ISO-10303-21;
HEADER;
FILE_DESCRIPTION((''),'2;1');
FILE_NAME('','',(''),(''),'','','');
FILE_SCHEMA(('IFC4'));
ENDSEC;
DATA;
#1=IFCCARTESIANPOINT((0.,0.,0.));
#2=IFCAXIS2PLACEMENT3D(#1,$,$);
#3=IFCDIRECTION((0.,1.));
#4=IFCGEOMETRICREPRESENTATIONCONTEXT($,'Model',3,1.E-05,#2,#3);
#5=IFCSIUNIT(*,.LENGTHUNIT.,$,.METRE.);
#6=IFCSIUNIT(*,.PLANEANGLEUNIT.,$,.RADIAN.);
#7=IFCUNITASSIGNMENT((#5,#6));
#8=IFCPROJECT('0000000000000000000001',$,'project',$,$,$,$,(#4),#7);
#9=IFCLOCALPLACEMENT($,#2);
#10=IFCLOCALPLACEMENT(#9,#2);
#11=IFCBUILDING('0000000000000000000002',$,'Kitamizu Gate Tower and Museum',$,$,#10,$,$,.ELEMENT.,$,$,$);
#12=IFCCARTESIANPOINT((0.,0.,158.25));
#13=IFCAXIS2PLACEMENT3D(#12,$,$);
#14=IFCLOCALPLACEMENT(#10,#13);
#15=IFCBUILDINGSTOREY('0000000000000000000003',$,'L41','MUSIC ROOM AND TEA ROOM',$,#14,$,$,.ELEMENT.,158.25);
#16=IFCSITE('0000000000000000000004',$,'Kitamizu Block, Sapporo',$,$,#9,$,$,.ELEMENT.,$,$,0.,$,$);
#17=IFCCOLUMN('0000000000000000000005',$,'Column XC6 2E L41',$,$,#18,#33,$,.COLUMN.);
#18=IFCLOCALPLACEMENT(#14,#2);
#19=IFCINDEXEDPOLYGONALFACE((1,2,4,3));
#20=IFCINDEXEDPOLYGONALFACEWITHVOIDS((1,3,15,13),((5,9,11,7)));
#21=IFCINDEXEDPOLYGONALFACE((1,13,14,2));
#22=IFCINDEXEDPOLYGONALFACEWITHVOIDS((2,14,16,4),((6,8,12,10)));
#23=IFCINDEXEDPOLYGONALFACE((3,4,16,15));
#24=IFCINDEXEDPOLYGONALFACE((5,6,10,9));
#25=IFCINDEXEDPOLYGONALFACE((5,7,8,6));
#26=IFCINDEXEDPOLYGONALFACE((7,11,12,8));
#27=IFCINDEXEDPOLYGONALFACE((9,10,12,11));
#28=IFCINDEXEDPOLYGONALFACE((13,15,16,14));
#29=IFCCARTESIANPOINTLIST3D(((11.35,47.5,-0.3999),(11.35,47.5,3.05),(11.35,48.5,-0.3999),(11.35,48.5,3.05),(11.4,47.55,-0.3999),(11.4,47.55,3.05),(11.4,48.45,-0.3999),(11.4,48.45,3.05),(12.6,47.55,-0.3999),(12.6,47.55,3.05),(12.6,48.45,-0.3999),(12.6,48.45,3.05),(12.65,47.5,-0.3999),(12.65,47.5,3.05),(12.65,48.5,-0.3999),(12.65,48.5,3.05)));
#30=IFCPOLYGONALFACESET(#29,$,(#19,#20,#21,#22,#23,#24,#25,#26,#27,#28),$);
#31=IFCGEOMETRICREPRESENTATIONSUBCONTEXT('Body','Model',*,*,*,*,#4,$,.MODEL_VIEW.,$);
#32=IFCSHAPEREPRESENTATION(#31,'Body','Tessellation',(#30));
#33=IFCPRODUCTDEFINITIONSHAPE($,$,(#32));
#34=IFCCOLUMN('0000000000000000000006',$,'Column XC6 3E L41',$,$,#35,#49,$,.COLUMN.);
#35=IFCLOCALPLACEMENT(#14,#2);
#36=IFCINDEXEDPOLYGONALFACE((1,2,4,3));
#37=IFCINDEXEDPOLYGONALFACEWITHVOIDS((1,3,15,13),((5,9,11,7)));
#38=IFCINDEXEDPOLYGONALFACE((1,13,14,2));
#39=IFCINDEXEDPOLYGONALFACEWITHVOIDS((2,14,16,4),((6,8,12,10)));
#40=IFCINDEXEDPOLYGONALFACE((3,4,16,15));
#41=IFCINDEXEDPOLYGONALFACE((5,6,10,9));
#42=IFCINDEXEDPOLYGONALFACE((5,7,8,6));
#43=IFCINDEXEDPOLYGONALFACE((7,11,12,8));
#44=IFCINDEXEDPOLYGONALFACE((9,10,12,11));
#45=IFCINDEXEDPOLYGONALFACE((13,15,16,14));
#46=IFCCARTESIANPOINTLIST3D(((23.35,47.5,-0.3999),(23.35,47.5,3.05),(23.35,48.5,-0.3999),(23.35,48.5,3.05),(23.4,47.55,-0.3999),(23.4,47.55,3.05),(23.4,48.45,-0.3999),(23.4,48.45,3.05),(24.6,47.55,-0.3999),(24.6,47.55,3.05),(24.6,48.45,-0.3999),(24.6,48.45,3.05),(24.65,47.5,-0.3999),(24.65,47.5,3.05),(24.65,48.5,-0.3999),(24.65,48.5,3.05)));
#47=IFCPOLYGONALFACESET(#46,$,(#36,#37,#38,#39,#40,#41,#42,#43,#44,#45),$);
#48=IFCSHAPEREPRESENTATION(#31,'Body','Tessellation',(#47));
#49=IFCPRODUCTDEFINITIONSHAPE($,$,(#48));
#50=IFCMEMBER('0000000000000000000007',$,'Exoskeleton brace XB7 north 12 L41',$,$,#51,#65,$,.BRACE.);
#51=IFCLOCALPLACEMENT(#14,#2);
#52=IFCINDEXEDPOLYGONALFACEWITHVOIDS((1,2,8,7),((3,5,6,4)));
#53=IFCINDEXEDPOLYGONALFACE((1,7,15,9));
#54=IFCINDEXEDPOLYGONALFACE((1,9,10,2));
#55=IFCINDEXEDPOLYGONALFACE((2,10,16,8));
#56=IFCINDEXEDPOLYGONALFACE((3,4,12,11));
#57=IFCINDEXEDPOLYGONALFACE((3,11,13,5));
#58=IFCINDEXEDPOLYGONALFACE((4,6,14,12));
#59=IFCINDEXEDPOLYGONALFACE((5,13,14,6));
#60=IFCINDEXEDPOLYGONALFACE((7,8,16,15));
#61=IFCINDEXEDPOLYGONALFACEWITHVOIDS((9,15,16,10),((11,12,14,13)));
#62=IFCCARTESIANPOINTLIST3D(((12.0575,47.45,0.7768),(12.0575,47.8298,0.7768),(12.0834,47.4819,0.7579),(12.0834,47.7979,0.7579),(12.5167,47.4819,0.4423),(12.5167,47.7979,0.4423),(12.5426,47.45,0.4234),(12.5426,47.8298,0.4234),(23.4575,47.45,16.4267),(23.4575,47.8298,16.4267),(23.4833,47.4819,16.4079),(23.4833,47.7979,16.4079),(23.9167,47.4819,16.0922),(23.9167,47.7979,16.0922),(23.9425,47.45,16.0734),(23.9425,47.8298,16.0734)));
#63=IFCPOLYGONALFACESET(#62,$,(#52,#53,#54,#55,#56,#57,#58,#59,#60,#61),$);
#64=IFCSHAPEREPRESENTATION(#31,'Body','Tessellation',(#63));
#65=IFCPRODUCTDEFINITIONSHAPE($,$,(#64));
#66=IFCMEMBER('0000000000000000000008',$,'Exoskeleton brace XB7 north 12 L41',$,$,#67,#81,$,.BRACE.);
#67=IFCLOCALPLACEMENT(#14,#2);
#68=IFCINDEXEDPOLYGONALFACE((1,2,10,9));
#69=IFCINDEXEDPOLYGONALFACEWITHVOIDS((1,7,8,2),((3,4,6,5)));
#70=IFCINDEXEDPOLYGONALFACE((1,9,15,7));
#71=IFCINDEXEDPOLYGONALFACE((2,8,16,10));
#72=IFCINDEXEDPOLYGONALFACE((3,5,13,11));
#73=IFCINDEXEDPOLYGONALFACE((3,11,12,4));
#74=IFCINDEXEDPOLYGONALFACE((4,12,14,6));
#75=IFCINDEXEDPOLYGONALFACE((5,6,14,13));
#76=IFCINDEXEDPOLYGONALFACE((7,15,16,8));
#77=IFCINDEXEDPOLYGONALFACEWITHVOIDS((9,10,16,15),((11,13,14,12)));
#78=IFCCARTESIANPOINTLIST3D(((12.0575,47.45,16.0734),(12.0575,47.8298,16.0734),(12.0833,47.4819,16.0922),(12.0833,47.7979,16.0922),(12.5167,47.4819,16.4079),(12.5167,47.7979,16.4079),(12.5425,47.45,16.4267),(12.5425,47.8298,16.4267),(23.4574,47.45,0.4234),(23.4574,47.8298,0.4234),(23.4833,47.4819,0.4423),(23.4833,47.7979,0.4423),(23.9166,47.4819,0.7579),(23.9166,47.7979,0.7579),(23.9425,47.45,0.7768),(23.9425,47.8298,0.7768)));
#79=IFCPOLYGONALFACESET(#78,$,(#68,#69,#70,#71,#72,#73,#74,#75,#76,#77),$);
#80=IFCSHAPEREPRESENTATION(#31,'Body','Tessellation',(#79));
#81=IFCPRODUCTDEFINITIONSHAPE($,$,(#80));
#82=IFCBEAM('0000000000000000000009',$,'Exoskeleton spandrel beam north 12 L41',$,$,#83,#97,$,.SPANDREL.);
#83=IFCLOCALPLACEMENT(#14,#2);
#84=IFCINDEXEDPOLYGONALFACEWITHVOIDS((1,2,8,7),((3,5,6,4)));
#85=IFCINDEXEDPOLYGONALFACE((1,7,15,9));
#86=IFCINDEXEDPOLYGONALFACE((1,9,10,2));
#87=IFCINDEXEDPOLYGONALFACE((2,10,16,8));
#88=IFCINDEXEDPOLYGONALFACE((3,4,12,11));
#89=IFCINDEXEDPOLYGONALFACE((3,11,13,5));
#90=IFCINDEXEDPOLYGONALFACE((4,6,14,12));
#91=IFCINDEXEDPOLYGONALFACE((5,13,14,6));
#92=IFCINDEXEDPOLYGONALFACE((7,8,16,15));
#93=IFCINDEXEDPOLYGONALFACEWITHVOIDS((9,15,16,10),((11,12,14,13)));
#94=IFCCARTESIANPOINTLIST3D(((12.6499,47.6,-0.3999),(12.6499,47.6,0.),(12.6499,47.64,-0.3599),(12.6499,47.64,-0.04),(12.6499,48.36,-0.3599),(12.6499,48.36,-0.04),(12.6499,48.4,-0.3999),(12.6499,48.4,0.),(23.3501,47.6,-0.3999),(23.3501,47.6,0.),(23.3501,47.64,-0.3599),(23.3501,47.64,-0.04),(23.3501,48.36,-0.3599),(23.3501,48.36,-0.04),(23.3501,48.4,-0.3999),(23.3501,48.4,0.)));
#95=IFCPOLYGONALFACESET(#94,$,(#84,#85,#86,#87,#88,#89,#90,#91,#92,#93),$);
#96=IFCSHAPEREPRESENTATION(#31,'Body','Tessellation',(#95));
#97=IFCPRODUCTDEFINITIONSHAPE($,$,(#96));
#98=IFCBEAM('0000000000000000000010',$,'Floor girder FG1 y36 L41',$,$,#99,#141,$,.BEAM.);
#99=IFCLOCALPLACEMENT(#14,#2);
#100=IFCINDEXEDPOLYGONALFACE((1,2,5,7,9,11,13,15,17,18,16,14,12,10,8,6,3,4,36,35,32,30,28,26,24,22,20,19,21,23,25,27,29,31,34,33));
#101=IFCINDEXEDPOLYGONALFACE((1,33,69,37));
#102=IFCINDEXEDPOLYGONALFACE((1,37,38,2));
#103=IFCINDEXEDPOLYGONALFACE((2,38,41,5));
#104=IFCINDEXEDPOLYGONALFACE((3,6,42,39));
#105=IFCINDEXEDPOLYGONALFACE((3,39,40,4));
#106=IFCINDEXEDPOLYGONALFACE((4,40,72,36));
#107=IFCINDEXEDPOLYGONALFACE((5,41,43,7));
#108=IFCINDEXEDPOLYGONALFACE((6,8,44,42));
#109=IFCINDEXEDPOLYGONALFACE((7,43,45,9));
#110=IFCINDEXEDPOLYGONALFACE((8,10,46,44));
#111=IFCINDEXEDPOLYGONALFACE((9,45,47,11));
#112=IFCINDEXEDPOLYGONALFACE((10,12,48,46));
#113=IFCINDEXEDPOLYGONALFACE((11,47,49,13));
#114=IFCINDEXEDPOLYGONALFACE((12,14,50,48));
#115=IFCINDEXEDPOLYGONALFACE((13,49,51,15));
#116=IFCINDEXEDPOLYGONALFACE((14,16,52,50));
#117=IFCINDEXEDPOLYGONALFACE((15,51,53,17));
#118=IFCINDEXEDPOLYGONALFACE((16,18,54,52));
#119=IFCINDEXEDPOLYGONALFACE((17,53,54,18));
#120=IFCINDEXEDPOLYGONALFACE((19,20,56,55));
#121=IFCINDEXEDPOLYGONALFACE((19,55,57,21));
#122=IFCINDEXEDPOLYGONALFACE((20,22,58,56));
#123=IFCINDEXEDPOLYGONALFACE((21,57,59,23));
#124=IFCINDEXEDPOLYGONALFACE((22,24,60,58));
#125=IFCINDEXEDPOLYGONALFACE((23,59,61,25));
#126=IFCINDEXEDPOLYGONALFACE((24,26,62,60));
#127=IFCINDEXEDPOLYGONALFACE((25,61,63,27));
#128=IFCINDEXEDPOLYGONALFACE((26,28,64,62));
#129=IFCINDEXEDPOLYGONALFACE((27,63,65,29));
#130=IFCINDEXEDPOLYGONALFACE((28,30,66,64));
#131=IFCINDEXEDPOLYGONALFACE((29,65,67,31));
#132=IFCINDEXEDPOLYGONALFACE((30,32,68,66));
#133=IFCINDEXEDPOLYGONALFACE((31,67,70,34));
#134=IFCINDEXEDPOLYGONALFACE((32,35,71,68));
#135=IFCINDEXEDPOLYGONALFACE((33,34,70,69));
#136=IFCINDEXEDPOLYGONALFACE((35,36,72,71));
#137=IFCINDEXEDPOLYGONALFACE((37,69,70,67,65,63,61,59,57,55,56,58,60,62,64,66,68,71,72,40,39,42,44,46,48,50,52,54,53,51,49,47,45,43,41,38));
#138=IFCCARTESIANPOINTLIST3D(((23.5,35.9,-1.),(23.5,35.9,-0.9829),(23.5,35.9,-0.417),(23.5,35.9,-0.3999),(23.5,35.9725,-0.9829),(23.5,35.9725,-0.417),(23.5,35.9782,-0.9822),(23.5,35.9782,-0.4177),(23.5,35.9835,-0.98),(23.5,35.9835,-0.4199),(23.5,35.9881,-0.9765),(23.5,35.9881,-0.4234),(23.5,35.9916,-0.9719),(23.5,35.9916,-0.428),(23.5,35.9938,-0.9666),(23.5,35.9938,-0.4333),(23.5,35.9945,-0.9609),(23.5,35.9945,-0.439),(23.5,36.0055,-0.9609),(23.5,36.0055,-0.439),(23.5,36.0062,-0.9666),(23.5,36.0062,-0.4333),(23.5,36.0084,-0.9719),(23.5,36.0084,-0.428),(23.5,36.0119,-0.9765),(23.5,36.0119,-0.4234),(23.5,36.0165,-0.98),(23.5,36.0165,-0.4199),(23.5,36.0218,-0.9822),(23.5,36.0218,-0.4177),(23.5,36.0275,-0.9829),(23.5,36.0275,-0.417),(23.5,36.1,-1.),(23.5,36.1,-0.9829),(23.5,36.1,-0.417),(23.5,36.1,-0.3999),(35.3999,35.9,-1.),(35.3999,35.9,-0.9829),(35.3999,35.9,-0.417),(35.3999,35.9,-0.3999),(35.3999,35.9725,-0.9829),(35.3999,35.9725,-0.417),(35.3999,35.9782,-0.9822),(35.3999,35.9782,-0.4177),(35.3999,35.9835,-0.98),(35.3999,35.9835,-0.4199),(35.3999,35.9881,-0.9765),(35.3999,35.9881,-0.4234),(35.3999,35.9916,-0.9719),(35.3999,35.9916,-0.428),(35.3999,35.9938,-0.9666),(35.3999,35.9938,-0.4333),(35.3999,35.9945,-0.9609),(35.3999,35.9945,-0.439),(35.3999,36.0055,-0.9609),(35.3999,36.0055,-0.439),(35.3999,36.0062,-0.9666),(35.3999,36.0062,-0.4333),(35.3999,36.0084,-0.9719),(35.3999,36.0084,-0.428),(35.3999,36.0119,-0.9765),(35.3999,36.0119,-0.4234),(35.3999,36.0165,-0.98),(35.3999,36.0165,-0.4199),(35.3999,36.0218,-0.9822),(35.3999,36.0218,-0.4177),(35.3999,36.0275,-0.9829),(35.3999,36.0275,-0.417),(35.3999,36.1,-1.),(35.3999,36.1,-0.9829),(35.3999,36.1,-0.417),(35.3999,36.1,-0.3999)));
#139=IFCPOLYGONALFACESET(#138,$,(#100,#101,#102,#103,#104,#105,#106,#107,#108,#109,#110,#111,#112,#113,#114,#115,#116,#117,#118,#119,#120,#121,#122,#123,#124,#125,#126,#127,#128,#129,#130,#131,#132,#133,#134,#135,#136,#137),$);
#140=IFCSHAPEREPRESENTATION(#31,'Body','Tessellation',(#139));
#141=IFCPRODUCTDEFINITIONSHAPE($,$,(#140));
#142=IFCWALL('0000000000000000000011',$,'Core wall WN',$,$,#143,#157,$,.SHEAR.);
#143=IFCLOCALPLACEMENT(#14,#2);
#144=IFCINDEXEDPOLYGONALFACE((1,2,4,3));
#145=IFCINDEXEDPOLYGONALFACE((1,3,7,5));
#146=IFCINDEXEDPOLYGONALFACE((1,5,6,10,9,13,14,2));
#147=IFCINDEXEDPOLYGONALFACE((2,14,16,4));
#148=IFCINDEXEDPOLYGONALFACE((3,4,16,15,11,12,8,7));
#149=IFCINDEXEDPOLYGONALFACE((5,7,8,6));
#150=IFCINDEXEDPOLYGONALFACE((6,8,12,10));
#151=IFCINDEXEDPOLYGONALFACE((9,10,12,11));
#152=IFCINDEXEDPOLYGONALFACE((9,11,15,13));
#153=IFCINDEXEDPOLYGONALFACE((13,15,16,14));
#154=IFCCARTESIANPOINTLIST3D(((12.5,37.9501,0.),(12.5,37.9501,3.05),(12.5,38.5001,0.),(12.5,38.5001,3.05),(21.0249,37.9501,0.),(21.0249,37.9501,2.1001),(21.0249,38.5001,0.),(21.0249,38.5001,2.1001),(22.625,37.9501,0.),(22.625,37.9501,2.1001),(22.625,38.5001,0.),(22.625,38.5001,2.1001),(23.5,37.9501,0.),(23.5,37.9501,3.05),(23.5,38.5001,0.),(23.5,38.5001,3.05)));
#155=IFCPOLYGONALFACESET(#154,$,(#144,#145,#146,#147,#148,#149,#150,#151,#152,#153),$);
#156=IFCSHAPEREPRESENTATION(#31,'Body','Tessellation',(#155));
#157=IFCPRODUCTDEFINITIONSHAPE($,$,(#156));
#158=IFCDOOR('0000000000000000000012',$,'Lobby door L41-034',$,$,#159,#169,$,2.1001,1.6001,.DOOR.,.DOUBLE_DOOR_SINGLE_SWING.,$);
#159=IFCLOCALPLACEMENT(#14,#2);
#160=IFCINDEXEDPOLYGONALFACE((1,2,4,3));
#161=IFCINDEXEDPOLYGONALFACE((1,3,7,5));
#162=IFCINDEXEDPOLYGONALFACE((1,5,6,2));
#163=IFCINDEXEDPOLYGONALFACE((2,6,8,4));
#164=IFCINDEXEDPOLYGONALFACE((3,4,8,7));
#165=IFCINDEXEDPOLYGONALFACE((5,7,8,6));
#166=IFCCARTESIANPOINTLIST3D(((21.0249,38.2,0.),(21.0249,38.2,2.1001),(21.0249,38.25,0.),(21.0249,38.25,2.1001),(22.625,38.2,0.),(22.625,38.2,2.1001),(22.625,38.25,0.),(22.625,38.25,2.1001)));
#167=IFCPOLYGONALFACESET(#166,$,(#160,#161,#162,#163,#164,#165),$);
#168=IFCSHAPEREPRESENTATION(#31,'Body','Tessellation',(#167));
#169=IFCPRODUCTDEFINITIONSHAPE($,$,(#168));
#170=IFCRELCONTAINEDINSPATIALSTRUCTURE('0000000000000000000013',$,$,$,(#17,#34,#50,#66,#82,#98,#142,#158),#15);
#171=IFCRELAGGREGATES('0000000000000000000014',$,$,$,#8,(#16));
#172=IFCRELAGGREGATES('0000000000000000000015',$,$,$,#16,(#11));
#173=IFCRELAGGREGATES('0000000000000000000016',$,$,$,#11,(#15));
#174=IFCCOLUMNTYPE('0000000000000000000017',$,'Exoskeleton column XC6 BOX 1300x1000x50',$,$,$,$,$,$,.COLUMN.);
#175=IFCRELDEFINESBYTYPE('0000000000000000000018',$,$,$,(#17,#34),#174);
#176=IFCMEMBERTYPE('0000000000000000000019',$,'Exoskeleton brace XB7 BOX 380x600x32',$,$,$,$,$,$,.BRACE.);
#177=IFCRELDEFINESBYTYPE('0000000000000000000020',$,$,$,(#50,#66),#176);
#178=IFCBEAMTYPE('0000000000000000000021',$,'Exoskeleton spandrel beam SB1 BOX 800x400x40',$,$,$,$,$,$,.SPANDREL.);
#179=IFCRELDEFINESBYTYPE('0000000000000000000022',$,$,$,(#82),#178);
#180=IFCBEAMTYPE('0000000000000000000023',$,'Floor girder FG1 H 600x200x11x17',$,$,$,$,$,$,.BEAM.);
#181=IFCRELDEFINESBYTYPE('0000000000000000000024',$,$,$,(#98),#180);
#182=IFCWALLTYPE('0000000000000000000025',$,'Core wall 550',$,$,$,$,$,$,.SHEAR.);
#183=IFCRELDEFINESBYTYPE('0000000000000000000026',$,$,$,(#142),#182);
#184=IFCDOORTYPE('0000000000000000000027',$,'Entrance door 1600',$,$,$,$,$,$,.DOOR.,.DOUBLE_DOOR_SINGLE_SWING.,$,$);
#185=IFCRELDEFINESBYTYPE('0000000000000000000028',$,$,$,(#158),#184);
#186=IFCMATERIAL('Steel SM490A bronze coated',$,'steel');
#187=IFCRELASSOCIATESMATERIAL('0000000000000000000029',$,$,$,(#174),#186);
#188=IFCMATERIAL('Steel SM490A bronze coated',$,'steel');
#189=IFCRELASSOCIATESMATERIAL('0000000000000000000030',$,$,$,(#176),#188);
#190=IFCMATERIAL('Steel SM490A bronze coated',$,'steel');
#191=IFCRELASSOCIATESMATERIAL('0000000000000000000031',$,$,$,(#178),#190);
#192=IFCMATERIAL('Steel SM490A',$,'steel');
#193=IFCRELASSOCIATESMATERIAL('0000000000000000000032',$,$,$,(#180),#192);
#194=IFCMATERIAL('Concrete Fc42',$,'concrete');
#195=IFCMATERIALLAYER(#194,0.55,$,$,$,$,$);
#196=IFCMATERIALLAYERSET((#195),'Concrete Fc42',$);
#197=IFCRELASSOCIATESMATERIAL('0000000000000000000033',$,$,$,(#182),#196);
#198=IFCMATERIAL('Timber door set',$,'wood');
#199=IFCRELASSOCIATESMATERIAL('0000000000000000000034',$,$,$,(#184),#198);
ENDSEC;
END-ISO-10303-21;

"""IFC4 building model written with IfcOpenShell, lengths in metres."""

from ifc_helpers import new_model, si_unit, direction, frame, frame_2d, origin, origin_2d, place, context, subcontext, project, spatial, rectangle, hollow_rectangle, i_section, extrude, material, layer, layer_set, material_profile, profile_set, type_object, element, fill, save


model = new_model("IFC4")

# Units and contexts
model_context = context("Model", 3, precision=1e-05, world=origin(), true_north=direction((0.0, 1.0)))
body_context = subcontext(model_context, "Body", "Model", "MODEL_VIEW")
ifc_project = project(units=[si_unit("LENGTHUNIT", "METRE"), si_unit("PLANEANGLEUNIT", "RADIAN")], contexts=[model_context])

# Site, building, storey
site_placement = place(None, origin())
site = spatial("IfcSite", under=ifc_project, at=site_placement, Name="Kitamizu Block, Sapporo", CompositionType="ELEMENT", RefElevation=0.0)
building_placement = place(site_placement, origin())
building = spatial("IfcBuilding", under=site, at=building_placement, Name="Kitamizu Gate Tower and Museum", CompositionType="ELEMENT")
storey_placement = place(building_placement, frame((0.0, 0.0, 158.25)))
storey = spatial("IfcBuildingStorey", under=building, at=storey_placement, Name="L41", Description="MUSIC ROOM AND TEA ROOM", CompositionType="ELEMENT", Elevation=158.25)

# Columns
ifc_material_1 = material(Name="Steel SM490A bronze coated", Category="steel")
ifc_material_profile_1 = material_profile(ifc_material_1, hollow_rectangle(XDim=1.3, YDim=1.0, WallThickness=0.05, at=origin_2d()), Name="BOX 1300x1000x50")
ifc_profile_set_1 = profile_set([ifc_material_profile_1], Name="Steel SM490A bronze coated")
column_type = type_object("IfcColumnType", Name="Exoskeleton column XC6 BOX 1300x1000x50", PredefinedType="COLUMN", material=ifc_profile_set_1)
for number, where, z_axis, x_axis, name in (
    (1, (12.0, 48.0, -0.3999), (0.0, 0.0, 1.0), (1.0, 0.0, 0.0), "Column XC6 2E L41"),
    (2, (24.0, 48.0, -0.3999), (0.0, 0.0, 1.0), (1.0, 0.0, 0.0), "Column XC6 3E L41"),
):
    element("IfcColumn", number, at=place(storey_placement, frame(where, z_axis=z_axis, x_axis=x_axis)), inside=storey, type_object=column_type, Name=name, PredefinedType="COLUMN", context=body_context, shape_type="SweptSolid", body=[
        extrude(hollow_rectangle(XDim=1.3, YDim=1.0, WallThickness=0.05, at=origin_2d()), origin(), (0.0, 0.0, 1.0), 3.45),
    ])

# Members
ifc_material_2 = material(Name="Steel SM490A bronze coated", Category="steel")
ifc_material_profile_2 = material_profile(ifc_material_2, hollow_rectangle(XDim=0.3799, YDim=0.6001, WallThickness=0.032, at=origin_2d()), Name="BOX 380x600x32")
ifc_profile_set_2 = profile_set([ifc_material_profile_2], Name="Steel SM490A bronze coated")
member_type = type_object("IfcMemberType", Name="Exoskeleton brace XB7 BOX 380x600x32", PredefinedType="BRACE", material=ifc_profile_set_2)
for number, where, z_axis, x_axis, name in (
    (3, (12.3, 47.6399, 0.6001), (0.588785, 0.0, 0.80829), (0.0, 1.0, 0.0), "Exoskeleton brace XB7 north 12 L41"),
    (4, (23.7, 47.6399, 0.6001), (-0.588785, 0.0, 0.80829), (0.0, -1.0, 0.0), "Exoskeleton brace XB7 north 12 L41"),
):
    element("IfcMember", number, at=place(storey_placement, frame(where, z_axis=z_axis, x_axis=x_axis)), inside=storey, type_object=member_type, Name=name, PredefinedType="BRACE", context=body_context, shape_type="SweptSolid", body=[
        extrude(hollow_rectangle(XDim=0.3799, YDim=0.6001, WallThickness=0.032, at=origin_2d()), origin(), (0.0, 0.0, 1.0), 19.3618),
    ])

# Beams
ifc_material_3 = material(Name="Steel SM490A bronze coated", Category="steel")
ifc_material_profile_3 = material_profile(ifc_material_3, hollow_rectangle(XDim=0.8, YDim=0.3999, WallThickness=0.04, at=origin_2d()), Name="BOX 800x400x40")
ifc_profile_set_3 = profile_set([ifc_material_profile_3], Name="Steel SM490A bronze coated")
beam_type_1 = type_object("IfcBeamType", Name="Exoskeleton spandrel beam SB1 BOX 800x400x40", PredefinedType="SPANDREL", material=ifc_profile_set_3)
beam_1_placement = place(storey_placement, frame((12.6499, 48.0, -0.2), z_axis=(1.0, 0.0, 0.0), x_axis=(0.0, 1.0, 0.0)))
element("IfcBeam", 5, at=beam_1_placement, inside=storey, type_object=beam_type_1, Name="Exoskeleton spandrel beam north 12 L41", PredefinedType="SPANDREL", context=body_context, shape_type="SweptSolid", body=[
    extrude(hollow_rectangle(XDim=0.8, YDim=0.3999, WallThickness=0.04, at=origin_2d()), origin(), (0.0, 0.0, 1.0), 10.7002),
])
ifc_material_4 = material(Name="Steel SM490A", Category="steel")
ifc_material_profile_4 = material_profile(ifc_material_4, i_section(OverallWidth=0.2, OverallDepth=0.6001, WebThickness=0.011, FlangeThickness=0.0171, FilletRadius=0.022, at=origin_2d()), Name="H-600x200x11x17")
ifc_profile_set_4 = profile_set([ifc_material_profile_4], Name="Steel SM490A")
beam_type_2 = type_object("IfcBeamType", Name="Floor girder FG1 H 600x200x11x17", PredefinedType="BEAM", material=ifc_profile_set_4)
beam_2_placement = place(storey_placement, frame((23.5, 36.0, -0.7), z_axis=(1.0, 0.0, 0.0), x_axis=(0.0, 1.0, 0.0)))
element("IfcBeam", 6, at=beam_2_placement, inside=storey, type_object=beam_type_2, Name="Floor girder FG1 y36 L41", PredefinedType="BEAM", context=body_context, shape_type="SweptSolid", body=[
    extrude(i_section(OverallWidth=0.2, OverallDepth=0.6001, WebThickness=0.011, FlangeThickness=0.0171, FilletRadius=0.022, at=origin_2d()), origin(), (0.0, 0.0, 1.0), 11.8999),
])

# Wall, opening, door
ifc_material_5 = material(Name="Concrete Fc42", Category="concrete")
ifc_layer_1 = layer(ifc_material_5, 0.55)
ifc_layer_set_1 = layer_set([ifc_layer_1], Name="Concrete Fc42")
wall_type_1 = type_object("IfcWallType", Name="Core wall 550", PredefinedType="SHEAR", material=ifc_layer_set_1)
wall_1_placement = place(storey_placement, frame((12.5, 38.2251, 0.0), z_axis=(0.0, 0.0, 1.0), x_axis=(1.0, 0.0, 0.0)))
wall_1 = element("IfcWall", 7, at=wall_1_placement, inside=storey, type_object=wall_type_1, Name="Core wall WN", PredefinedType="SHEAR", context=body_context, shape_type="SweptSolid", body=[
    extrude(rectangle(XDim=11.0, YDim=0.55, at=frame_2d((5.5, 0.0))), origin(), (0.0, 0.0, 1.0), 3.05),
])
opening_1_placement = place(wall_1_placement, frame((8.5249, 0.0, 0.0)))
opening_1 = element("IfcOpeningElement", 8, at=opening_1_placement, cuts=wall_1, PredefinedType="OPENING", context=body_context, shape_type="SweptSolid", body=[
    extrude(rectangle(XDim=1.6001, YDim=2.1001, at=frame_2d((0.8, 1.05))), frame((0.0, 0.2852, 0.0), z_axis=(0.0, -1.0, 0.0), x_axis=(1.0, 0.0, 0.0)), (0.0, 0.0, 1.0), 0.5701),
])
ifc_material_6 = material(Name="Timber door set", Category="wood")
door_type_1 = type_object("IfcDoorType", Name="Entrance door 1600", OperationType="DOUBLE_DOOR_SINGLE_SWING", PredefinedType="DOOR", material=ifc_material_6)
door_1_placement = place(opening_1_placement, origin())
door_1 = element("IfcDoor", 9, at=door_1_placement, inside=storey, type_object=door_type_1, Name="Lobby door L41-034", OperationType="DOUBLE_DOOR_SINGLE_SWING", OverallHeight=2.1001, OverallWidth=1.6001, PredefinedType="DOOR", context=body_context, shape_type="SweptSolid", body=[
    extrude(rectangle(XDim=1.6001, YDim=2.1001, at=frame_2d((0.8, 1.05))), frame((0.0, 0.0249, 0.0), z_axis=(0.0, -1.0, 0.0), x_axis=(1.0, 0.0, 0.0)), (0.0, 0.0, 1.0), 0.05),
])
fill(opening_1, door_1)

save(model, "model.ifc")
